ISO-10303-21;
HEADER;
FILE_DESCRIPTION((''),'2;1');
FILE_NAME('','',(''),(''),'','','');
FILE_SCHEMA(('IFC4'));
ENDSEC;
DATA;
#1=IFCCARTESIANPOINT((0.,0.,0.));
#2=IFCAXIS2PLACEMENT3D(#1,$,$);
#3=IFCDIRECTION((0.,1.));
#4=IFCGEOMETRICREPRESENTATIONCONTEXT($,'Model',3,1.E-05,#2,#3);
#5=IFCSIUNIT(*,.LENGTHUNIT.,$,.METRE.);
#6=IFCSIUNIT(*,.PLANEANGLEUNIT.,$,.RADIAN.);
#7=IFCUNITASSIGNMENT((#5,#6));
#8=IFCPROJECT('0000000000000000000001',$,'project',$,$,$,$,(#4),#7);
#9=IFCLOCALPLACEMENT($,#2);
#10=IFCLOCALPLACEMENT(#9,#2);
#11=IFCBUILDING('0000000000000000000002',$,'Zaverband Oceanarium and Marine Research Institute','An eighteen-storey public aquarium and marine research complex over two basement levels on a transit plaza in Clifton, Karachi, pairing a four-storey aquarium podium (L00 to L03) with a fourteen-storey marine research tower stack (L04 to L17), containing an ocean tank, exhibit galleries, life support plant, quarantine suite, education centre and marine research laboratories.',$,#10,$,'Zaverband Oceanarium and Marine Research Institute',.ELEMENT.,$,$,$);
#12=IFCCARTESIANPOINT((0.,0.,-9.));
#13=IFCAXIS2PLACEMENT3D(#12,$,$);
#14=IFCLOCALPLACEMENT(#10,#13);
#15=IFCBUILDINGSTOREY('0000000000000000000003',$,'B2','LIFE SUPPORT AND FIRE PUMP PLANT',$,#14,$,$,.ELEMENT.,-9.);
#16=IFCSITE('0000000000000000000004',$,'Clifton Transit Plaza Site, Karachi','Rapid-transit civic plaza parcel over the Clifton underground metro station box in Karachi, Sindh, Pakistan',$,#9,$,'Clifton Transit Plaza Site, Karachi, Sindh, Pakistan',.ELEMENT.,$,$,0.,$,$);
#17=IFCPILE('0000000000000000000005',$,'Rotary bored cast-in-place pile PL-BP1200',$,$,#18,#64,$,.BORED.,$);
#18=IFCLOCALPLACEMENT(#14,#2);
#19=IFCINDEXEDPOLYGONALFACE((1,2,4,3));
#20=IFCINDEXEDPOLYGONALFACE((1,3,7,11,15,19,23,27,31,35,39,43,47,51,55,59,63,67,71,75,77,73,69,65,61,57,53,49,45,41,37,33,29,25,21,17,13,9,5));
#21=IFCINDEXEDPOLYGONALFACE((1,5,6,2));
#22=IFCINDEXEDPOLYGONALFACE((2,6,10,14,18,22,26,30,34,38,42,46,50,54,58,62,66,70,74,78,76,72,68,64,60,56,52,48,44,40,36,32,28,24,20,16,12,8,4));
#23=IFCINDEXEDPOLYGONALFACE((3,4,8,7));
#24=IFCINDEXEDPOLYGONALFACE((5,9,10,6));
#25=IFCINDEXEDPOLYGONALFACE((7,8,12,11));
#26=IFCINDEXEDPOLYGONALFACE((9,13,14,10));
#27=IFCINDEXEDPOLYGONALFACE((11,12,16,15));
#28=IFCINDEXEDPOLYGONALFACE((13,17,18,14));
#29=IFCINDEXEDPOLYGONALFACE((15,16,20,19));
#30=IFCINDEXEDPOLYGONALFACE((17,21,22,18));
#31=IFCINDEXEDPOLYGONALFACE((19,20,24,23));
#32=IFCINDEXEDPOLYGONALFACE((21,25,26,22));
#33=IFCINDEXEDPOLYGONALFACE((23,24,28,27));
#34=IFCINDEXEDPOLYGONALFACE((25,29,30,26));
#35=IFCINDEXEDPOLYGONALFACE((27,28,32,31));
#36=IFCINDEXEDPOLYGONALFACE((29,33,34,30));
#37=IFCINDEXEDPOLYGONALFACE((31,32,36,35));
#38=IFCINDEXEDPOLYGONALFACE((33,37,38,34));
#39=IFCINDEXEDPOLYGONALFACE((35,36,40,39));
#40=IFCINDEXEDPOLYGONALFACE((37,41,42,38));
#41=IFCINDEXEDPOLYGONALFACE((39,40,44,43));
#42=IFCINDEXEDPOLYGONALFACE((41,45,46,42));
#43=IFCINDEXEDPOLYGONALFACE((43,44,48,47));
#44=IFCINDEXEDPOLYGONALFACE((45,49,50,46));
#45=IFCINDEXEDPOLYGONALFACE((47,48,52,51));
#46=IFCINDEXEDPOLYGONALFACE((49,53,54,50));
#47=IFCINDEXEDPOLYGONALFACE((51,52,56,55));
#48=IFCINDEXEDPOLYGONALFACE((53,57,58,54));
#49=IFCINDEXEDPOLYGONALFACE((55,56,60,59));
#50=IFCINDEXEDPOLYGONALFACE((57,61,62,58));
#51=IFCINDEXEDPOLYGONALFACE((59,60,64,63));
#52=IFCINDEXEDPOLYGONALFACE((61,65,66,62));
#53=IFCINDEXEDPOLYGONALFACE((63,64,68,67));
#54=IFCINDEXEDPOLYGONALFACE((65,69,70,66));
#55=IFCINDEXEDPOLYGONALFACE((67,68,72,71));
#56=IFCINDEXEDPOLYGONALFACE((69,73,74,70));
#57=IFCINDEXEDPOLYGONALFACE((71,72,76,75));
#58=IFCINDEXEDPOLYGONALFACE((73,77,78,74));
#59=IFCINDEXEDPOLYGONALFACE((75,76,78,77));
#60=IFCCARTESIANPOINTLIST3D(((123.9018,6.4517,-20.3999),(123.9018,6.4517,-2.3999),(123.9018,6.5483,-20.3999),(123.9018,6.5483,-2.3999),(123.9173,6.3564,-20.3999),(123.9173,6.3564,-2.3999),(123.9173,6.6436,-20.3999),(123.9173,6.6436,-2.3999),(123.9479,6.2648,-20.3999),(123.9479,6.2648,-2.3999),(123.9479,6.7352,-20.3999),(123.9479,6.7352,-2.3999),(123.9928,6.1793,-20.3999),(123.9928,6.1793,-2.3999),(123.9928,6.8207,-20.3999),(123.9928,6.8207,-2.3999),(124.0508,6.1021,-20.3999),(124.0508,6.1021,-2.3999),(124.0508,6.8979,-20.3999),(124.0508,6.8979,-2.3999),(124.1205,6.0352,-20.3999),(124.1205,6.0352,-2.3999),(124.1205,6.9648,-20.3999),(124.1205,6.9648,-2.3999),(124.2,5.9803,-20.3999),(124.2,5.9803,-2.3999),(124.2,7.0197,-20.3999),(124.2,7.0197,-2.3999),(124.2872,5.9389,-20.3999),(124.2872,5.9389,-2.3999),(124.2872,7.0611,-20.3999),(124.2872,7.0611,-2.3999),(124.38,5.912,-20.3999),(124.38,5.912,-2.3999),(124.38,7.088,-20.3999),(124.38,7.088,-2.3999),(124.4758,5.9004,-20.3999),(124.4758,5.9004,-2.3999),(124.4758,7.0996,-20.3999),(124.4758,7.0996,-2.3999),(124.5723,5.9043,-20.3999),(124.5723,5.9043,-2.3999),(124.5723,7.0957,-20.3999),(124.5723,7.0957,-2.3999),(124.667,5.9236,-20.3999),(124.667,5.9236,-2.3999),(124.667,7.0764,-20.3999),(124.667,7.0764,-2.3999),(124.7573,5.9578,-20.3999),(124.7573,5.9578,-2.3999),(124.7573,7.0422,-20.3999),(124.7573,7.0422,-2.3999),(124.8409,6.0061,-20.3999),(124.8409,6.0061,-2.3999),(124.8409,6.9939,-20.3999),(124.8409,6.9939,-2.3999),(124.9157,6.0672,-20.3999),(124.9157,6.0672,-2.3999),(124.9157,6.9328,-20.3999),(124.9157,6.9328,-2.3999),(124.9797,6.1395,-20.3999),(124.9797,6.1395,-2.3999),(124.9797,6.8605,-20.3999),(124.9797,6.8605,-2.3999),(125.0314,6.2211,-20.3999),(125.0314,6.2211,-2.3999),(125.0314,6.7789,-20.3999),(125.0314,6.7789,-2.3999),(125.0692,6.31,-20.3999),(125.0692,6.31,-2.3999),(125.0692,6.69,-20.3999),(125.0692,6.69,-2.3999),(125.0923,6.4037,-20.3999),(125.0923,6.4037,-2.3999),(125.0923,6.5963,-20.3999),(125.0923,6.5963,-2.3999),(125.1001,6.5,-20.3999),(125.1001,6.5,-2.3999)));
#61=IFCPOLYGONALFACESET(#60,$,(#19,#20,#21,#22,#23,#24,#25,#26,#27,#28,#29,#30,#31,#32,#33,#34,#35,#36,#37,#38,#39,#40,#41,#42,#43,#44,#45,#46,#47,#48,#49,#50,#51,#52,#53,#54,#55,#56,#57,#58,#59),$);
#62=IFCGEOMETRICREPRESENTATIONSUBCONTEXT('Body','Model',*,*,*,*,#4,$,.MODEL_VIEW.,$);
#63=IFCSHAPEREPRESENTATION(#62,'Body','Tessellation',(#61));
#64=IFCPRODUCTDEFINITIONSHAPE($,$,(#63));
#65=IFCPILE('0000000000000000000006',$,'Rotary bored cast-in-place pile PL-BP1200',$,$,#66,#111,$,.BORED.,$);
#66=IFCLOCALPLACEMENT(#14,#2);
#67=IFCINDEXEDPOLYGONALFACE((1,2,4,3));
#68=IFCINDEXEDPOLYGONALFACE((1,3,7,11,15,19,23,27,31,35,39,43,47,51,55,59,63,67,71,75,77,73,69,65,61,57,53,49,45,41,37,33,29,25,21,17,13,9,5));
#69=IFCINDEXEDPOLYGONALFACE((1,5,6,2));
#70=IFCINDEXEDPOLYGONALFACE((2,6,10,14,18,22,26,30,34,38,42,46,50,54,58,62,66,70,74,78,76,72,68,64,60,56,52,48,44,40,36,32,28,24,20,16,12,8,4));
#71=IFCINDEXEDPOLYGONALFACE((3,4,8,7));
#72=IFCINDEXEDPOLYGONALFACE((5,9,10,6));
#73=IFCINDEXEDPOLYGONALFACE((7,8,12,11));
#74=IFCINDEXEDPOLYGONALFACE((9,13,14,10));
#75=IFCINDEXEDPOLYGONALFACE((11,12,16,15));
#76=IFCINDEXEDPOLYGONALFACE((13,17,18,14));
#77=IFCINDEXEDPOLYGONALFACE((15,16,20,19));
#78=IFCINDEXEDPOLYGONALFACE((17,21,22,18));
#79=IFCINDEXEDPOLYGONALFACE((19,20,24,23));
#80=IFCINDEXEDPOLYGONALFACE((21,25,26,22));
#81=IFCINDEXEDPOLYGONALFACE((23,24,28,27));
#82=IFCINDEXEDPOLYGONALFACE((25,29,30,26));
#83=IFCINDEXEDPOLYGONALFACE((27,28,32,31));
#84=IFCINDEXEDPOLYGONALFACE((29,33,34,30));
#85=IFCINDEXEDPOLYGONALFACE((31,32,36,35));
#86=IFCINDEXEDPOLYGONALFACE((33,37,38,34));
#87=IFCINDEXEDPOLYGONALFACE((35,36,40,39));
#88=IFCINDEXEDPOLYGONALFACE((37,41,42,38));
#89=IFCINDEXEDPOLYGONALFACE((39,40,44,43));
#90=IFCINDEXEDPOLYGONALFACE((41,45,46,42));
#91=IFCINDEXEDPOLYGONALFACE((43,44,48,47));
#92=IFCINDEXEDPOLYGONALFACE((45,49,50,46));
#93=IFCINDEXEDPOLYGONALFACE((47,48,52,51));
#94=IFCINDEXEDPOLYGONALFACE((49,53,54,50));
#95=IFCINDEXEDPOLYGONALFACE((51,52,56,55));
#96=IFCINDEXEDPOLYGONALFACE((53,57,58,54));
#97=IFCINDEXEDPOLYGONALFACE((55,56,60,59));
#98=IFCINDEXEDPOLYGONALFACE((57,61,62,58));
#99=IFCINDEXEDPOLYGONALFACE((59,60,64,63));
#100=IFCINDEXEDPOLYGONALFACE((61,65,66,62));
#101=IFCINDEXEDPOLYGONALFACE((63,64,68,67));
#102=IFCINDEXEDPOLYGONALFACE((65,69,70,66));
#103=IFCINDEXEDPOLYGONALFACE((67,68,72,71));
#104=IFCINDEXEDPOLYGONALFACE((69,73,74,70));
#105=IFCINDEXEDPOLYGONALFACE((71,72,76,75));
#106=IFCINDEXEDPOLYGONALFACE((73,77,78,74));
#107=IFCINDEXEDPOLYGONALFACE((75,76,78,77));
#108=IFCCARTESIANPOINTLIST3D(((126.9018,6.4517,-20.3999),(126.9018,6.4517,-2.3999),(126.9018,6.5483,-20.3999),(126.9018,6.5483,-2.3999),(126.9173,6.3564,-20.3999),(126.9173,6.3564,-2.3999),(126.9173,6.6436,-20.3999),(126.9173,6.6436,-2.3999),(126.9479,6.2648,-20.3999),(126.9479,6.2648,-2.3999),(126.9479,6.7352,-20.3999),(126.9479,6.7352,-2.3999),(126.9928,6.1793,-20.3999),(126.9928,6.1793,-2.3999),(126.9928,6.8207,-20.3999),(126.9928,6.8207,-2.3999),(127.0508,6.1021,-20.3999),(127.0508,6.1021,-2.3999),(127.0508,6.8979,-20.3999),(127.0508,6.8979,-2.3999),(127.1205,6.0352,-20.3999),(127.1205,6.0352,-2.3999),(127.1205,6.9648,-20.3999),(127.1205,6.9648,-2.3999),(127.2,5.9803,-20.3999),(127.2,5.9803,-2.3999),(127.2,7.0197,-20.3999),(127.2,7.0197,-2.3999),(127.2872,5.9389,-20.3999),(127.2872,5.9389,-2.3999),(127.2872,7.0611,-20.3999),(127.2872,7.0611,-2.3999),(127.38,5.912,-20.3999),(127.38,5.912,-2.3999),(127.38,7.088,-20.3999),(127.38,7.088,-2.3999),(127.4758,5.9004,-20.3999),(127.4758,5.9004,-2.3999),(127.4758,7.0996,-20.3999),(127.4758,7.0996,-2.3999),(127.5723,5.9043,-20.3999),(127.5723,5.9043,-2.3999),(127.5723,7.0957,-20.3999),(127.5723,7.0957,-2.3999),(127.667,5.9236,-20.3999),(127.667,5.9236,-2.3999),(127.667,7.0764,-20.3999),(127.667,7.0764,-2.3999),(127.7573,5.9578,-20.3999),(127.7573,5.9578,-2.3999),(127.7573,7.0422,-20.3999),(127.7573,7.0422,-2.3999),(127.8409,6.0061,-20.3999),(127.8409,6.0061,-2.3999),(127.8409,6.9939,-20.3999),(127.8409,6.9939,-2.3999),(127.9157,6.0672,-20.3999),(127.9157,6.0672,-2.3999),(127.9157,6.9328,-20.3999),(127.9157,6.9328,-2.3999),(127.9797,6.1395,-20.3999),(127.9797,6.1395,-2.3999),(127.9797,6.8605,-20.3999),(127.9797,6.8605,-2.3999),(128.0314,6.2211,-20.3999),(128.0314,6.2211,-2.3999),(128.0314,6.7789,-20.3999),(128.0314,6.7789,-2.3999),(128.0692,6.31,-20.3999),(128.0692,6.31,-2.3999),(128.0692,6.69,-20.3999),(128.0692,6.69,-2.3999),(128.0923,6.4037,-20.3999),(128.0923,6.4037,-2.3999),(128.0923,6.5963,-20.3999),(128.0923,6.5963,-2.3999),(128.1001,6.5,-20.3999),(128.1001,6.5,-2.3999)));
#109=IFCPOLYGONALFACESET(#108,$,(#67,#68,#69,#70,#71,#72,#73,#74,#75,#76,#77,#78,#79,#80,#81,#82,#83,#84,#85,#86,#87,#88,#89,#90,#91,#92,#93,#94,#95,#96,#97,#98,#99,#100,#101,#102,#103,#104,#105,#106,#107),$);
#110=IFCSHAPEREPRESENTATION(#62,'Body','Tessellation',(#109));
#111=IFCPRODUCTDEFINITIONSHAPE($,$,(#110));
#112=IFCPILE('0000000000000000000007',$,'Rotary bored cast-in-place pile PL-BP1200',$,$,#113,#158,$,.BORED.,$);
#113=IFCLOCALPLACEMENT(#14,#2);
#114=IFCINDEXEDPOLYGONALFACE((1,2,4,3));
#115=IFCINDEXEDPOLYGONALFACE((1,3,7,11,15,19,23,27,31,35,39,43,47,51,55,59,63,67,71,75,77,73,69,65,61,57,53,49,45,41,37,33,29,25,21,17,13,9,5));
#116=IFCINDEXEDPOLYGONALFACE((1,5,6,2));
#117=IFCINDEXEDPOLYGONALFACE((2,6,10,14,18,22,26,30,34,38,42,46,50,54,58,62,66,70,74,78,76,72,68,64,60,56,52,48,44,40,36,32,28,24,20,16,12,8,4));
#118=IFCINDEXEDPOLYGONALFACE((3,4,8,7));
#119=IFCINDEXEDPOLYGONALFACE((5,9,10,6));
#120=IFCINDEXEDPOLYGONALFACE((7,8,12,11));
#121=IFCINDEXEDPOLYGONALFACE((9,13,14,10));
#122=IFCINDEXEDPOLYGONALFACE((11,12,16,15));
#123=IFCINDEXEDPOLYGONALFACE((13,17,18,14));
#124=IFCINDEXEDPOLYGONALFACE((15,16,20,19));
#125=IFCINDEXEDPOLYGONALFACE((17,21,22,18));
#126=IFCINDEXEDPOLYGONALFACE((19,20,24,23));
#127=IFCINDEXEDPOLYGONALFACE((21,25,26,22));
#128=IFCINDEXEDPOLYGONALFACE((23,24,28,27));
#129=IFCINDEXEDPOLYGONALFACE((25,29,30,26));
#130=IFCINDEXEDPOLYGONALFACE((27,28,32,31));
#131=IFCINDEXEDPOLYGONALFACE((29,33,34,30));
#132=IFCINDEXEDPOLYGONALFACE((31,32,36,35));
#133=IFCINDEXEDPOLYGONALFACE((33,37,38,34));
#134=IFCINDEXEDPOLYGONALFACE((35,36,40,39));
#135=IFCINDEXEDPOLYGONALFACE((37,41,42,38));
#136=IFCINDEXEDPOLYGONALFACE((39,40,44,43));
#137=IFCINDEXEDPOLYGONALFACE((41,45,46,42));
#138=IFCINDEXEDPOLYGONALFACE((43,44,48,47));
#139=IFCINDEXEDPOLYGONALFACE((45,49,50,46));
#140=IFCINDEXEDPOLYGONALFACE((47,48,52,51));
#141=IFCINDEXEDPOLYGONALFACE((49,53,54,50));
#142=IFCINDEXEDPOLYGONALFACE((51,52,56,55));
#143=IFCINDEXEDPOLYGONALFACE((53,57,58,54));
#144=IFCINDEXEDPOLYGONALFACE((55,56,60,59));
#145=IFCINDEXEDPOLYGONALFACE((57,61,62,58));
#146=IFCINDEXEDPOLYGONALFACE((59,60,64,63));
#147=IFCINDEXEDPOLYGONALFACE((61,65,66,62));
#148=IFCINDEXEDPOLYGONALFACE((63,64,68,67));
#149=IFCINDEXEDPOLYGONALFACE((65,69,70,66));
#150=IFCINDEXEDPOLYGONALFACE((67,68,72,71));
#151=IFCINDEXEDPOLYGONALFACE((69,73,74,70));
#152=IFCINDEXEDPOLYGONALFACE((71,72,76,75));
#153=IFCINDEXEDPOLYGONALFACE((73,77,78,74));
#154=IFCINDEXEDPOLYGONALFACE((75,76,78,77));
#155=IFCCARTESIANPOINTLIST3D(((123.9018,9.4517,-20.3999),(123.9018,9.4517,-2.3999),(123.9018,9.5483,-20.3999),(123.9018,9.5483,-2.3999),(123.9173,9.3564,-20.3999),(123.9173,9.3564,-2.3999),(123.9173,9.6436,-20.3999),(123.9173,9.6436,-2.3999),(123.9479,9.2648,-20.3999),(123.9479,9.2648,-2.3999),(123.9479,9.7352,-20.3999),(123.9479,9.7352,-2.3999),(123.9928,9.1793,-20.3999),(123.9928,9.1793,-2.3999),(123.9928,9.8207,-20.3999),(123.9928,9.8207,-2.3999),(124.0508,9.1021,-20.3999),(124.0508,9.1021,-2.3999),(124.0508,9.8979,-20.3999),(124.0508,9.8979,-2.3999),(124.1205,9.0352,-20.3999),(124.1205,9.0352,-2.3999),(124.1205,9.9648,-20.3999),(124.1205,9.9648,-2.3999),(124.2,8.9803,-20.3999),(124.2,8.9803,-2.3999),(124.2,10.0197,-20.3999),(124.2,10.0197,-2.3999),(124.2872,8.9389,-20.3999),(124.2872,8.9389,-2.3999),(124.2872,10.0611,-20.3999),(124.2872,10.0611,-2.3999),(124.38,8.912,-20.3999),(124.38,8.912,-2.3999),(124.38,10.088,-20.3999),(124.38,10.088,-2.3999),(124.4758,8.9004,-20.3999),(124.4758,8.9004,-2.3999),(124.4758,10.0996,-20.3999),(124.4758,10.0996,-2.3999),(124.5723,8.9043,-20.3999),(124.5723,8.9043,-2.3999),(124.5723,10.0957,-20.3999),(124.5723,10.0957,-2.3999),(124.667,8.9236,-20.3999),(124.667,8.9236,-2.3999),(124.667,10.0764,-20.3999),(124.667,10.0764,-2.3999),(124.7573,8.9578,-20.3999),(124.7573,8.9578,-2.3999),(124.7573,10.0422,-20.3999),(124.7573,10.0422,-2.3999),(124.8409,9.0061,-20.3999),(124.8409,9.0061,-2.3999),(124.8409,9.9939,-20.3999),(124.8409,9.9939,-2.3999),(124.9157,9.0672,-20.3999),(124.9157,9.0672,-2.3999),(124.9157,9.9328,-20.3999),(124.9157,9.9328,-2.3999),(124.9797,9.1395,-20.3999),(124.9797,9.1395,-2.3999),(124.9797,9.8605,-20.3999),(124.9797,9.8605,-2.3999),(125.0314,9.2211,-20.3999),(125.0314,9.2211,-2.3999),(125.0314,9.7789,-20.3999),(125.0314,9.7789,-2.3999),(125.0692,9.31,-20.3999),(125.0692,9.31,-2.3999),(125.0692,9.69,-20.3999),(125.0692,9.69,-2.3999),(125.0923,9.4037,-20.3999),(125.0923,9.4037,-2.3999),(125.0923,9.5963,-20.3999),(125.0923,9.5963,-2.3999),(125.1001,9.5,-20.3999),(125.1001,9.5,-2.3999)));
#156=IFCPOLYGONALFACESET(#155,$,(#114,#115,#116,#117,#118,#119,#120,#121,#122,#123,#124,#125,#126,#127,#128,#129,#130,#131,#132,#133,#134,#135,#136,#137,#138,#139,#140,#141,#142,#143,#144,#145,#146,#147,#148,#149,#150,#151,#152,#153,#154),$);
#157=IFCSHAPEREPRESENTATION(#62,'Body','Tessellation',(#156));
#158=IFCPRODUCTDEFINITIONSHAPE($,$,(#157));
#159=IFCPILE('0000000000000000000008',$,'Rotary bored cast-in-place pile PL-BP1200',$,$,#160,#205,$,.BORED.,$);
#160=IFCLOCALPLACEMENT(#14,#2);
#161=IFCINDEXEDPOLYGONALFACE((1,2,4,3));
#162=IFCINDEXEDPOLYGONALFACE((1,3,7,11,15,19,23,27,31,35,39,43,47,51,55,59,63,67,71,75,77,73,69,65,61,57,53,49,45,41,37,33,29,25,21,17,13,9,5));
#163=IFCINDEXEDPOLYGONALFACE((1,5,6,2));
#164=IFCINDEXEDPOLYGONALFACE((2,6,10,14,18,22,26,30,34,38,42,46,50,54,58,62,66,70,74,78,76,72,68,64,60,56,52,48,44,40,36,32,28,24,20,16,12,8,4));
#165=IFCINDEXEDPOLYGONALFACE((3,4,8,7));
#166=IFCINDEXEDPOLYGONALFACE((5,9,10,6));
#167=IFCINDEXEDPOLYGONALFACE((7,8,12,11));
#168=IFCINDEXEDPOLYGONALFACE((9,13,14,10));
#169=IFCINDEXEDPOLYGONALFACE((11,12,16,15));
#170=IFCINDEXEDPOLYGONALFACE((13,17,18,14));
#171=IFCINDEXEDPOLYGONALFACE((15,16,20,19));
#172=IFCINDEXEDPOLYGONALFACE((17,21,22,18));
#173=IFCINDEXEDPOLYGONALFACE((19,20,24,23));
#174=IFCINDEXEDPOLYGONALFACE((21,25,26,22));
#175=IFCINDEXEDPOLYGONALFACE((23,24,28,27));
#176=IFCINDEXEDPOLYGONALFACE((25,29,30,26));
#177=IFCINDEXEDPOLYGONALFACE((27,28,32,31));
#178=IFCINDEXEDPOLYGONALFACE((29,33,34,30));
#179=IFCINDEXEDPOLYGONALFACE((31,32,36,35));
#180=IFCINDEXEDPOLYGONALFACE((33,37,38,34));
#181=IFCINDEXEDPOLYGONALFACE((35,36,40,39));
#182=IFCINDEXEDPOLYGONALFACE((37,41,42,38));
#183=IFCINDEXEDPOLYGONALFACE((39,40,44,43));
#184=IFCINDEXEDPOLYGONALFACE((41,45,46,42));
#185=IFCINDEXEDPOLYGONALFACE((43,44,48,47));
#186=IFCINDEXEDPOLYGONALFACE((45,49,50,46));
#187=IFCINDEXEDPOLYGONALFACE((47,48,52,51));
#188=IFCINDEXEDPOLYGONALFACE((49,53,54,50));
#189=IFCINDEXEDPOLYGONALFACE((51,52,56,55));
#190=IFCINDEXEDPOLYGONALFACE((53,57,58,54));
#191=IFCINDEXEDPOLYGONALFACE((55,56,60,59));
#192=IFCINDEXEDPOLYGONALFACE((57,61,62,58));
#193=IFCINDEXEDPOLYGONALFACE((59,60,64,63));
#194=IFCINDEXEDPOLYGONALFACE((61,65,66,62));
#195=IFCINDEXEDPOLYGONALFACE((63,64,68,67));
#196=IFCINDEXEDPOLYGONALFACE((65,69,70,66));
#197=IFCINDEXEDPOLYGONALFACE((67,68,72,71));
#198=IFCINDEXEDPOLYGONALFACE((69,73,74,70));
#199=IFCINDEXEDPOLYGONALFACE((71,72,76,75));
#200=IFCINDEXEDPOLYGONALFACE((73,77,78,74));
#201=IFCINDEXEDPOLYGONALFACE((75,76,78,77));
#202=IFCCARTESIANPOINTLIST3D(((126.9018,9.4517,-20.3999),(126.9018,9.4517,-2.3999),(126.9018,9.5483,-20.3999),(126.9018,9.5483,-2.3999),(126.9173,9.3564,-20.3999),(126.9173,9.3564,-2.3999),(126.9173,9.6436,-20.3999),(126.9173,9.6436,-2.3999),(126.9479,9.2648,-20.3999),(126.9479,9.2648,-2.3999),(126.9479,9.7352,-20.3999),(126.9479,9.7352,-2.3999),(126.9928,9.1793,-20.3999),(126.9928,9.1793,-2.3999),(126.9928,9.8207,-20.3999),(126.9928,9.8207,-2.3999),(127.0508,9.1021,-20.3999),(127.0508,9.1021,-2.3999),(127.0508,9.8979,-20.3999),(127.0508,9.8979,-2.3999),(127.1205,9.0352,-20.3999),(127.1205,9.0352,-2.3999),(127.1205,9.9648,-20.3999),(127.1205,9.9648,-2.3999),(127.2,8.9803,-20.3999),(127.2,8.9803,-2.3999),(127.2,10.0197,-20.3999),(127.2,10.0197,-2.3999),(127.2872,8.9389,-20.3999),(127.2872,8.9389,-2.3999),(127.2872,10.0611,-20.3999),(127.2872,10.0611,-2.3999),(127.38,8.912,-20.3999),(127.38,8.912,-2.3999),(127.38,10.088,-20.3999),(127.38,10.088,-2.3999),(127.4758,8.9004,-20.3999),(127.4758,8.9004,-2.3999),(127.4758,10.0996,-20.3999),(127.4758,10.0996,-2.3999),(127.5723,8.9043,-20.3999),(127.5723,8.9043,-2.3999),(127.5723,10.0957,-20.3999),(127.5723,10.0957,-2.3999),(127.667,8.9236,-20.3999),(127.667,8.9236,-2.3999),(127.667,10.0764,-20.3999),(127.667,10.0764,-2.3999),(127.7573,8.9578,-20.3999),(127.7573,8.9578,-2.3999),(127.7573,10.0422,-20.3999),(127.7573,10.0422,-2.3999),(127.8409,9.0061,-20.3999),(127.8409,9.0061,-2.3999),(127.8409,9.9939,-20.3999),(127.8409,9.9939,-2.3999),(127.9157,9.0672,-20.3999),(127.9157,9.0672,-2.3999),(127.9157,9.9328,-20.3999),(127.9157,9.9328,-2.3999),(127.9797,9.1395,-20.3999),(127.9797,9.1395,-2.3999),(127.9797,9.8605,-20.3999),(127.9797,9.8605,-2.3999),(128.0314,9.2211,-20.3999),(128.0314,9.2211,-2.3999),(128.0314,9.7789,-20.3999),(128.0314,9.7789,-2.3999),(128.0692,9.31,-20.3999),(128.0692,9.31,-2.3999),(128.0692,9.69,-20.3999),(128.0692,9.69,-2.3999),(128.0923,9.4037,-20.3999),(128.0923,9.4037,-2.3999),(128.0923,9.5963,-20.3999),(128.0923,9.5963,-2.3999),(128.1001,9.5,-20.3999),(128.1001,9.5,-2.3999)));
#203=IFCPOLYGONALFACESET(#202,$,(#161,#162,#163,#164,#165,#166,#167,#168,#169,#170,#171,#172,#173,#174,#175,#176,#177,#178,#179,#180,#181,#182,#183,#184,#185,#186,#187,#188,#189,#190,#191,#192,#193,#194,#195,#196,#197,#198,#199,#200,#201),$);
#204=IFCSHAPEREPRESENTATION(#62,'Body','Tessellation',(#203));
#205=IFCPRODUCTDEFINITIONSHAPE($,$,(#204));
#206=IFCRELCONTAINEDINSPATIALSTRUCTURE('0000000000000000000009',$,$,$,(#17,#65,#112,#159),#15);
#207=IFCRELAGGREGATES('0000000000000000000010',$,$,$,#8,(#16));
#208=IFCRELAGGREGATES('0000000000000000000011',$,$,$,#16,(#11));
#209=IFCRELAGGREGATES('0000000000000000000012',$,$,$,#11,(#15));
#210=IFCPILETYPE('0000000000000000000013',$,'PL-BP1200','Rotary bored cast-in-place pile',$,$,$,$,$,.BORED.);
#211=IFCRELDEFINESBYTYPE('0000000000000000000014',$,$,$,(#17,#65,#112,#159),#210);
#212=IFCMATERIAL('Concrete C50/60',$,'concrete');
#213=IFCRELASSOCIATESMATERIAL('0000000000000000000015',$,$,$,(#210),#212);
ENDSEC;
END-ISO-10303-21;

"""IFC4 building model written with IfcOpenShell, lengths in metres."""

from ifc_helpers import new_model, si_unit, direction, frame, origin, origin_2d, place, context, subcontext, project, spatial, circle, extrude, material, material_profile, profile_set, type_object, element, save


model = new_model("IFC4")

# Units and contexts
model_context = context("Model", 3, precision=1e-05, world=origin(), true_north=direction((0.0, 1.0)))
body_context = subcontext(model_context, "Body", "Model", "MODEL_VIEW")
ifc_project = project(units=[si_unit("LENGTHUNIT", "METRE"), si_unit("PLANEANGLEUNIT", "RADIAN")], contexts=[model_context])

# Site, building, storey
site_placement = place(None, origin())
site = spatial("IfcSite", under=ifc_project, at=site_placement, Name="Clifton Transit Plaza Site, Karachi", Description="Rapid-transit civic plaza parcel over the Clifton underground metro station box in Karachi, Sindh, Pakistan", LongName="Clifton Transit Plaza Site, Karachi, Sindh, Pakistan", CompositionType="ELEMENT", RefElevation=0.0)
building_placement = place(site_placement, origin())
building = spatial("IfcBuilding", under=site, at=building_placement, Name="Zaverband Oceanarium and Marine Research Institute", Description="An eighteen-storey public aquarium and marine research complex over two basement levels on a transit plaza in Clifton, Karachi, pairing a four-storey aquarium podium (L00 to L03) with a fourteen-storey marine research tower stack (L04 to L17), containing an ocean tank, exhibit galleries, life support plant, quarantine suite, education centre and marine research laboratories.", LongName="Zaverband Oceanarium and Marine Research Institute", CompositionType="ELEMENT")
storey_placement = place(building_placement, frame((0.0, 0.0, -9.0)))
storey = spatial("IfcBuildingStorey", under=building, at=storey_placement, Name="B2", Description="LIFE SUPPORT AND FIRE PUMP PLANT", CompositionType="ELEMENT", Elevation=-9.0)

# Shared definitions
ifc_material_1 = material(Name="Concrete C50/60", Category="concrete")

# Piles
ifc_material_profile_1 = material_profile(ifc_material_1, circle(Radius=0.6001, at=origin_2d()), Name="BP1200")
ifc_profile_set_1 = profile_set([ifc_material_profile_1], Name="Concrete C50/60")
pile_type = type_object("IfcPileType", Name="PL-BP1200", Description="Rotary bored cast-in-place pile", PredefinedType="BORED", material=ifc_profile_set_1)
for number, where, z_axis, x_axis, name in (
    (1, (124.5, 6.5, -2.3999), (0.0, 0.0, -1.0), (1.0, 0.0, 0.0), "Rotary bored cast-in-place pile PL-BP1200"),
    (2, (127.5, 6.5, -2.3999), (0.0, 0.0, -1.0), (1.0, 0.0, 0.0), "Rotary bored cast-in-place pile PL-BP1200"),
    (3, (124.5, 9.5, -2.3999), (0.0, 0.0, -1.0), (1.0, 0.0, 0.0), "Rotary bored cast-in-place pile PL-BP1200"),
    (4, (127.5, 9.5, -2.3999), (0.0, 0.0, -1.0), (1.0, 0.0, 0.0), "Rotary bored cast-in-place pile PL-BP1200"),
):
    element("IfcPile", number, at=place(storey_placement, frame(where, z_axis=z_axis, x_axis=x_axis)), inside=storey, type_object=pile_type, Name=name, PredefinedType="BORED", context=body_context, shape_type="SweptSolid", body=[
        extrude(circle(Radius=0.6001, at=origin_2d()), origin(), (0.0, 0.0, 1.0), 18.0),
    ])

save(model, "model.ifc")
